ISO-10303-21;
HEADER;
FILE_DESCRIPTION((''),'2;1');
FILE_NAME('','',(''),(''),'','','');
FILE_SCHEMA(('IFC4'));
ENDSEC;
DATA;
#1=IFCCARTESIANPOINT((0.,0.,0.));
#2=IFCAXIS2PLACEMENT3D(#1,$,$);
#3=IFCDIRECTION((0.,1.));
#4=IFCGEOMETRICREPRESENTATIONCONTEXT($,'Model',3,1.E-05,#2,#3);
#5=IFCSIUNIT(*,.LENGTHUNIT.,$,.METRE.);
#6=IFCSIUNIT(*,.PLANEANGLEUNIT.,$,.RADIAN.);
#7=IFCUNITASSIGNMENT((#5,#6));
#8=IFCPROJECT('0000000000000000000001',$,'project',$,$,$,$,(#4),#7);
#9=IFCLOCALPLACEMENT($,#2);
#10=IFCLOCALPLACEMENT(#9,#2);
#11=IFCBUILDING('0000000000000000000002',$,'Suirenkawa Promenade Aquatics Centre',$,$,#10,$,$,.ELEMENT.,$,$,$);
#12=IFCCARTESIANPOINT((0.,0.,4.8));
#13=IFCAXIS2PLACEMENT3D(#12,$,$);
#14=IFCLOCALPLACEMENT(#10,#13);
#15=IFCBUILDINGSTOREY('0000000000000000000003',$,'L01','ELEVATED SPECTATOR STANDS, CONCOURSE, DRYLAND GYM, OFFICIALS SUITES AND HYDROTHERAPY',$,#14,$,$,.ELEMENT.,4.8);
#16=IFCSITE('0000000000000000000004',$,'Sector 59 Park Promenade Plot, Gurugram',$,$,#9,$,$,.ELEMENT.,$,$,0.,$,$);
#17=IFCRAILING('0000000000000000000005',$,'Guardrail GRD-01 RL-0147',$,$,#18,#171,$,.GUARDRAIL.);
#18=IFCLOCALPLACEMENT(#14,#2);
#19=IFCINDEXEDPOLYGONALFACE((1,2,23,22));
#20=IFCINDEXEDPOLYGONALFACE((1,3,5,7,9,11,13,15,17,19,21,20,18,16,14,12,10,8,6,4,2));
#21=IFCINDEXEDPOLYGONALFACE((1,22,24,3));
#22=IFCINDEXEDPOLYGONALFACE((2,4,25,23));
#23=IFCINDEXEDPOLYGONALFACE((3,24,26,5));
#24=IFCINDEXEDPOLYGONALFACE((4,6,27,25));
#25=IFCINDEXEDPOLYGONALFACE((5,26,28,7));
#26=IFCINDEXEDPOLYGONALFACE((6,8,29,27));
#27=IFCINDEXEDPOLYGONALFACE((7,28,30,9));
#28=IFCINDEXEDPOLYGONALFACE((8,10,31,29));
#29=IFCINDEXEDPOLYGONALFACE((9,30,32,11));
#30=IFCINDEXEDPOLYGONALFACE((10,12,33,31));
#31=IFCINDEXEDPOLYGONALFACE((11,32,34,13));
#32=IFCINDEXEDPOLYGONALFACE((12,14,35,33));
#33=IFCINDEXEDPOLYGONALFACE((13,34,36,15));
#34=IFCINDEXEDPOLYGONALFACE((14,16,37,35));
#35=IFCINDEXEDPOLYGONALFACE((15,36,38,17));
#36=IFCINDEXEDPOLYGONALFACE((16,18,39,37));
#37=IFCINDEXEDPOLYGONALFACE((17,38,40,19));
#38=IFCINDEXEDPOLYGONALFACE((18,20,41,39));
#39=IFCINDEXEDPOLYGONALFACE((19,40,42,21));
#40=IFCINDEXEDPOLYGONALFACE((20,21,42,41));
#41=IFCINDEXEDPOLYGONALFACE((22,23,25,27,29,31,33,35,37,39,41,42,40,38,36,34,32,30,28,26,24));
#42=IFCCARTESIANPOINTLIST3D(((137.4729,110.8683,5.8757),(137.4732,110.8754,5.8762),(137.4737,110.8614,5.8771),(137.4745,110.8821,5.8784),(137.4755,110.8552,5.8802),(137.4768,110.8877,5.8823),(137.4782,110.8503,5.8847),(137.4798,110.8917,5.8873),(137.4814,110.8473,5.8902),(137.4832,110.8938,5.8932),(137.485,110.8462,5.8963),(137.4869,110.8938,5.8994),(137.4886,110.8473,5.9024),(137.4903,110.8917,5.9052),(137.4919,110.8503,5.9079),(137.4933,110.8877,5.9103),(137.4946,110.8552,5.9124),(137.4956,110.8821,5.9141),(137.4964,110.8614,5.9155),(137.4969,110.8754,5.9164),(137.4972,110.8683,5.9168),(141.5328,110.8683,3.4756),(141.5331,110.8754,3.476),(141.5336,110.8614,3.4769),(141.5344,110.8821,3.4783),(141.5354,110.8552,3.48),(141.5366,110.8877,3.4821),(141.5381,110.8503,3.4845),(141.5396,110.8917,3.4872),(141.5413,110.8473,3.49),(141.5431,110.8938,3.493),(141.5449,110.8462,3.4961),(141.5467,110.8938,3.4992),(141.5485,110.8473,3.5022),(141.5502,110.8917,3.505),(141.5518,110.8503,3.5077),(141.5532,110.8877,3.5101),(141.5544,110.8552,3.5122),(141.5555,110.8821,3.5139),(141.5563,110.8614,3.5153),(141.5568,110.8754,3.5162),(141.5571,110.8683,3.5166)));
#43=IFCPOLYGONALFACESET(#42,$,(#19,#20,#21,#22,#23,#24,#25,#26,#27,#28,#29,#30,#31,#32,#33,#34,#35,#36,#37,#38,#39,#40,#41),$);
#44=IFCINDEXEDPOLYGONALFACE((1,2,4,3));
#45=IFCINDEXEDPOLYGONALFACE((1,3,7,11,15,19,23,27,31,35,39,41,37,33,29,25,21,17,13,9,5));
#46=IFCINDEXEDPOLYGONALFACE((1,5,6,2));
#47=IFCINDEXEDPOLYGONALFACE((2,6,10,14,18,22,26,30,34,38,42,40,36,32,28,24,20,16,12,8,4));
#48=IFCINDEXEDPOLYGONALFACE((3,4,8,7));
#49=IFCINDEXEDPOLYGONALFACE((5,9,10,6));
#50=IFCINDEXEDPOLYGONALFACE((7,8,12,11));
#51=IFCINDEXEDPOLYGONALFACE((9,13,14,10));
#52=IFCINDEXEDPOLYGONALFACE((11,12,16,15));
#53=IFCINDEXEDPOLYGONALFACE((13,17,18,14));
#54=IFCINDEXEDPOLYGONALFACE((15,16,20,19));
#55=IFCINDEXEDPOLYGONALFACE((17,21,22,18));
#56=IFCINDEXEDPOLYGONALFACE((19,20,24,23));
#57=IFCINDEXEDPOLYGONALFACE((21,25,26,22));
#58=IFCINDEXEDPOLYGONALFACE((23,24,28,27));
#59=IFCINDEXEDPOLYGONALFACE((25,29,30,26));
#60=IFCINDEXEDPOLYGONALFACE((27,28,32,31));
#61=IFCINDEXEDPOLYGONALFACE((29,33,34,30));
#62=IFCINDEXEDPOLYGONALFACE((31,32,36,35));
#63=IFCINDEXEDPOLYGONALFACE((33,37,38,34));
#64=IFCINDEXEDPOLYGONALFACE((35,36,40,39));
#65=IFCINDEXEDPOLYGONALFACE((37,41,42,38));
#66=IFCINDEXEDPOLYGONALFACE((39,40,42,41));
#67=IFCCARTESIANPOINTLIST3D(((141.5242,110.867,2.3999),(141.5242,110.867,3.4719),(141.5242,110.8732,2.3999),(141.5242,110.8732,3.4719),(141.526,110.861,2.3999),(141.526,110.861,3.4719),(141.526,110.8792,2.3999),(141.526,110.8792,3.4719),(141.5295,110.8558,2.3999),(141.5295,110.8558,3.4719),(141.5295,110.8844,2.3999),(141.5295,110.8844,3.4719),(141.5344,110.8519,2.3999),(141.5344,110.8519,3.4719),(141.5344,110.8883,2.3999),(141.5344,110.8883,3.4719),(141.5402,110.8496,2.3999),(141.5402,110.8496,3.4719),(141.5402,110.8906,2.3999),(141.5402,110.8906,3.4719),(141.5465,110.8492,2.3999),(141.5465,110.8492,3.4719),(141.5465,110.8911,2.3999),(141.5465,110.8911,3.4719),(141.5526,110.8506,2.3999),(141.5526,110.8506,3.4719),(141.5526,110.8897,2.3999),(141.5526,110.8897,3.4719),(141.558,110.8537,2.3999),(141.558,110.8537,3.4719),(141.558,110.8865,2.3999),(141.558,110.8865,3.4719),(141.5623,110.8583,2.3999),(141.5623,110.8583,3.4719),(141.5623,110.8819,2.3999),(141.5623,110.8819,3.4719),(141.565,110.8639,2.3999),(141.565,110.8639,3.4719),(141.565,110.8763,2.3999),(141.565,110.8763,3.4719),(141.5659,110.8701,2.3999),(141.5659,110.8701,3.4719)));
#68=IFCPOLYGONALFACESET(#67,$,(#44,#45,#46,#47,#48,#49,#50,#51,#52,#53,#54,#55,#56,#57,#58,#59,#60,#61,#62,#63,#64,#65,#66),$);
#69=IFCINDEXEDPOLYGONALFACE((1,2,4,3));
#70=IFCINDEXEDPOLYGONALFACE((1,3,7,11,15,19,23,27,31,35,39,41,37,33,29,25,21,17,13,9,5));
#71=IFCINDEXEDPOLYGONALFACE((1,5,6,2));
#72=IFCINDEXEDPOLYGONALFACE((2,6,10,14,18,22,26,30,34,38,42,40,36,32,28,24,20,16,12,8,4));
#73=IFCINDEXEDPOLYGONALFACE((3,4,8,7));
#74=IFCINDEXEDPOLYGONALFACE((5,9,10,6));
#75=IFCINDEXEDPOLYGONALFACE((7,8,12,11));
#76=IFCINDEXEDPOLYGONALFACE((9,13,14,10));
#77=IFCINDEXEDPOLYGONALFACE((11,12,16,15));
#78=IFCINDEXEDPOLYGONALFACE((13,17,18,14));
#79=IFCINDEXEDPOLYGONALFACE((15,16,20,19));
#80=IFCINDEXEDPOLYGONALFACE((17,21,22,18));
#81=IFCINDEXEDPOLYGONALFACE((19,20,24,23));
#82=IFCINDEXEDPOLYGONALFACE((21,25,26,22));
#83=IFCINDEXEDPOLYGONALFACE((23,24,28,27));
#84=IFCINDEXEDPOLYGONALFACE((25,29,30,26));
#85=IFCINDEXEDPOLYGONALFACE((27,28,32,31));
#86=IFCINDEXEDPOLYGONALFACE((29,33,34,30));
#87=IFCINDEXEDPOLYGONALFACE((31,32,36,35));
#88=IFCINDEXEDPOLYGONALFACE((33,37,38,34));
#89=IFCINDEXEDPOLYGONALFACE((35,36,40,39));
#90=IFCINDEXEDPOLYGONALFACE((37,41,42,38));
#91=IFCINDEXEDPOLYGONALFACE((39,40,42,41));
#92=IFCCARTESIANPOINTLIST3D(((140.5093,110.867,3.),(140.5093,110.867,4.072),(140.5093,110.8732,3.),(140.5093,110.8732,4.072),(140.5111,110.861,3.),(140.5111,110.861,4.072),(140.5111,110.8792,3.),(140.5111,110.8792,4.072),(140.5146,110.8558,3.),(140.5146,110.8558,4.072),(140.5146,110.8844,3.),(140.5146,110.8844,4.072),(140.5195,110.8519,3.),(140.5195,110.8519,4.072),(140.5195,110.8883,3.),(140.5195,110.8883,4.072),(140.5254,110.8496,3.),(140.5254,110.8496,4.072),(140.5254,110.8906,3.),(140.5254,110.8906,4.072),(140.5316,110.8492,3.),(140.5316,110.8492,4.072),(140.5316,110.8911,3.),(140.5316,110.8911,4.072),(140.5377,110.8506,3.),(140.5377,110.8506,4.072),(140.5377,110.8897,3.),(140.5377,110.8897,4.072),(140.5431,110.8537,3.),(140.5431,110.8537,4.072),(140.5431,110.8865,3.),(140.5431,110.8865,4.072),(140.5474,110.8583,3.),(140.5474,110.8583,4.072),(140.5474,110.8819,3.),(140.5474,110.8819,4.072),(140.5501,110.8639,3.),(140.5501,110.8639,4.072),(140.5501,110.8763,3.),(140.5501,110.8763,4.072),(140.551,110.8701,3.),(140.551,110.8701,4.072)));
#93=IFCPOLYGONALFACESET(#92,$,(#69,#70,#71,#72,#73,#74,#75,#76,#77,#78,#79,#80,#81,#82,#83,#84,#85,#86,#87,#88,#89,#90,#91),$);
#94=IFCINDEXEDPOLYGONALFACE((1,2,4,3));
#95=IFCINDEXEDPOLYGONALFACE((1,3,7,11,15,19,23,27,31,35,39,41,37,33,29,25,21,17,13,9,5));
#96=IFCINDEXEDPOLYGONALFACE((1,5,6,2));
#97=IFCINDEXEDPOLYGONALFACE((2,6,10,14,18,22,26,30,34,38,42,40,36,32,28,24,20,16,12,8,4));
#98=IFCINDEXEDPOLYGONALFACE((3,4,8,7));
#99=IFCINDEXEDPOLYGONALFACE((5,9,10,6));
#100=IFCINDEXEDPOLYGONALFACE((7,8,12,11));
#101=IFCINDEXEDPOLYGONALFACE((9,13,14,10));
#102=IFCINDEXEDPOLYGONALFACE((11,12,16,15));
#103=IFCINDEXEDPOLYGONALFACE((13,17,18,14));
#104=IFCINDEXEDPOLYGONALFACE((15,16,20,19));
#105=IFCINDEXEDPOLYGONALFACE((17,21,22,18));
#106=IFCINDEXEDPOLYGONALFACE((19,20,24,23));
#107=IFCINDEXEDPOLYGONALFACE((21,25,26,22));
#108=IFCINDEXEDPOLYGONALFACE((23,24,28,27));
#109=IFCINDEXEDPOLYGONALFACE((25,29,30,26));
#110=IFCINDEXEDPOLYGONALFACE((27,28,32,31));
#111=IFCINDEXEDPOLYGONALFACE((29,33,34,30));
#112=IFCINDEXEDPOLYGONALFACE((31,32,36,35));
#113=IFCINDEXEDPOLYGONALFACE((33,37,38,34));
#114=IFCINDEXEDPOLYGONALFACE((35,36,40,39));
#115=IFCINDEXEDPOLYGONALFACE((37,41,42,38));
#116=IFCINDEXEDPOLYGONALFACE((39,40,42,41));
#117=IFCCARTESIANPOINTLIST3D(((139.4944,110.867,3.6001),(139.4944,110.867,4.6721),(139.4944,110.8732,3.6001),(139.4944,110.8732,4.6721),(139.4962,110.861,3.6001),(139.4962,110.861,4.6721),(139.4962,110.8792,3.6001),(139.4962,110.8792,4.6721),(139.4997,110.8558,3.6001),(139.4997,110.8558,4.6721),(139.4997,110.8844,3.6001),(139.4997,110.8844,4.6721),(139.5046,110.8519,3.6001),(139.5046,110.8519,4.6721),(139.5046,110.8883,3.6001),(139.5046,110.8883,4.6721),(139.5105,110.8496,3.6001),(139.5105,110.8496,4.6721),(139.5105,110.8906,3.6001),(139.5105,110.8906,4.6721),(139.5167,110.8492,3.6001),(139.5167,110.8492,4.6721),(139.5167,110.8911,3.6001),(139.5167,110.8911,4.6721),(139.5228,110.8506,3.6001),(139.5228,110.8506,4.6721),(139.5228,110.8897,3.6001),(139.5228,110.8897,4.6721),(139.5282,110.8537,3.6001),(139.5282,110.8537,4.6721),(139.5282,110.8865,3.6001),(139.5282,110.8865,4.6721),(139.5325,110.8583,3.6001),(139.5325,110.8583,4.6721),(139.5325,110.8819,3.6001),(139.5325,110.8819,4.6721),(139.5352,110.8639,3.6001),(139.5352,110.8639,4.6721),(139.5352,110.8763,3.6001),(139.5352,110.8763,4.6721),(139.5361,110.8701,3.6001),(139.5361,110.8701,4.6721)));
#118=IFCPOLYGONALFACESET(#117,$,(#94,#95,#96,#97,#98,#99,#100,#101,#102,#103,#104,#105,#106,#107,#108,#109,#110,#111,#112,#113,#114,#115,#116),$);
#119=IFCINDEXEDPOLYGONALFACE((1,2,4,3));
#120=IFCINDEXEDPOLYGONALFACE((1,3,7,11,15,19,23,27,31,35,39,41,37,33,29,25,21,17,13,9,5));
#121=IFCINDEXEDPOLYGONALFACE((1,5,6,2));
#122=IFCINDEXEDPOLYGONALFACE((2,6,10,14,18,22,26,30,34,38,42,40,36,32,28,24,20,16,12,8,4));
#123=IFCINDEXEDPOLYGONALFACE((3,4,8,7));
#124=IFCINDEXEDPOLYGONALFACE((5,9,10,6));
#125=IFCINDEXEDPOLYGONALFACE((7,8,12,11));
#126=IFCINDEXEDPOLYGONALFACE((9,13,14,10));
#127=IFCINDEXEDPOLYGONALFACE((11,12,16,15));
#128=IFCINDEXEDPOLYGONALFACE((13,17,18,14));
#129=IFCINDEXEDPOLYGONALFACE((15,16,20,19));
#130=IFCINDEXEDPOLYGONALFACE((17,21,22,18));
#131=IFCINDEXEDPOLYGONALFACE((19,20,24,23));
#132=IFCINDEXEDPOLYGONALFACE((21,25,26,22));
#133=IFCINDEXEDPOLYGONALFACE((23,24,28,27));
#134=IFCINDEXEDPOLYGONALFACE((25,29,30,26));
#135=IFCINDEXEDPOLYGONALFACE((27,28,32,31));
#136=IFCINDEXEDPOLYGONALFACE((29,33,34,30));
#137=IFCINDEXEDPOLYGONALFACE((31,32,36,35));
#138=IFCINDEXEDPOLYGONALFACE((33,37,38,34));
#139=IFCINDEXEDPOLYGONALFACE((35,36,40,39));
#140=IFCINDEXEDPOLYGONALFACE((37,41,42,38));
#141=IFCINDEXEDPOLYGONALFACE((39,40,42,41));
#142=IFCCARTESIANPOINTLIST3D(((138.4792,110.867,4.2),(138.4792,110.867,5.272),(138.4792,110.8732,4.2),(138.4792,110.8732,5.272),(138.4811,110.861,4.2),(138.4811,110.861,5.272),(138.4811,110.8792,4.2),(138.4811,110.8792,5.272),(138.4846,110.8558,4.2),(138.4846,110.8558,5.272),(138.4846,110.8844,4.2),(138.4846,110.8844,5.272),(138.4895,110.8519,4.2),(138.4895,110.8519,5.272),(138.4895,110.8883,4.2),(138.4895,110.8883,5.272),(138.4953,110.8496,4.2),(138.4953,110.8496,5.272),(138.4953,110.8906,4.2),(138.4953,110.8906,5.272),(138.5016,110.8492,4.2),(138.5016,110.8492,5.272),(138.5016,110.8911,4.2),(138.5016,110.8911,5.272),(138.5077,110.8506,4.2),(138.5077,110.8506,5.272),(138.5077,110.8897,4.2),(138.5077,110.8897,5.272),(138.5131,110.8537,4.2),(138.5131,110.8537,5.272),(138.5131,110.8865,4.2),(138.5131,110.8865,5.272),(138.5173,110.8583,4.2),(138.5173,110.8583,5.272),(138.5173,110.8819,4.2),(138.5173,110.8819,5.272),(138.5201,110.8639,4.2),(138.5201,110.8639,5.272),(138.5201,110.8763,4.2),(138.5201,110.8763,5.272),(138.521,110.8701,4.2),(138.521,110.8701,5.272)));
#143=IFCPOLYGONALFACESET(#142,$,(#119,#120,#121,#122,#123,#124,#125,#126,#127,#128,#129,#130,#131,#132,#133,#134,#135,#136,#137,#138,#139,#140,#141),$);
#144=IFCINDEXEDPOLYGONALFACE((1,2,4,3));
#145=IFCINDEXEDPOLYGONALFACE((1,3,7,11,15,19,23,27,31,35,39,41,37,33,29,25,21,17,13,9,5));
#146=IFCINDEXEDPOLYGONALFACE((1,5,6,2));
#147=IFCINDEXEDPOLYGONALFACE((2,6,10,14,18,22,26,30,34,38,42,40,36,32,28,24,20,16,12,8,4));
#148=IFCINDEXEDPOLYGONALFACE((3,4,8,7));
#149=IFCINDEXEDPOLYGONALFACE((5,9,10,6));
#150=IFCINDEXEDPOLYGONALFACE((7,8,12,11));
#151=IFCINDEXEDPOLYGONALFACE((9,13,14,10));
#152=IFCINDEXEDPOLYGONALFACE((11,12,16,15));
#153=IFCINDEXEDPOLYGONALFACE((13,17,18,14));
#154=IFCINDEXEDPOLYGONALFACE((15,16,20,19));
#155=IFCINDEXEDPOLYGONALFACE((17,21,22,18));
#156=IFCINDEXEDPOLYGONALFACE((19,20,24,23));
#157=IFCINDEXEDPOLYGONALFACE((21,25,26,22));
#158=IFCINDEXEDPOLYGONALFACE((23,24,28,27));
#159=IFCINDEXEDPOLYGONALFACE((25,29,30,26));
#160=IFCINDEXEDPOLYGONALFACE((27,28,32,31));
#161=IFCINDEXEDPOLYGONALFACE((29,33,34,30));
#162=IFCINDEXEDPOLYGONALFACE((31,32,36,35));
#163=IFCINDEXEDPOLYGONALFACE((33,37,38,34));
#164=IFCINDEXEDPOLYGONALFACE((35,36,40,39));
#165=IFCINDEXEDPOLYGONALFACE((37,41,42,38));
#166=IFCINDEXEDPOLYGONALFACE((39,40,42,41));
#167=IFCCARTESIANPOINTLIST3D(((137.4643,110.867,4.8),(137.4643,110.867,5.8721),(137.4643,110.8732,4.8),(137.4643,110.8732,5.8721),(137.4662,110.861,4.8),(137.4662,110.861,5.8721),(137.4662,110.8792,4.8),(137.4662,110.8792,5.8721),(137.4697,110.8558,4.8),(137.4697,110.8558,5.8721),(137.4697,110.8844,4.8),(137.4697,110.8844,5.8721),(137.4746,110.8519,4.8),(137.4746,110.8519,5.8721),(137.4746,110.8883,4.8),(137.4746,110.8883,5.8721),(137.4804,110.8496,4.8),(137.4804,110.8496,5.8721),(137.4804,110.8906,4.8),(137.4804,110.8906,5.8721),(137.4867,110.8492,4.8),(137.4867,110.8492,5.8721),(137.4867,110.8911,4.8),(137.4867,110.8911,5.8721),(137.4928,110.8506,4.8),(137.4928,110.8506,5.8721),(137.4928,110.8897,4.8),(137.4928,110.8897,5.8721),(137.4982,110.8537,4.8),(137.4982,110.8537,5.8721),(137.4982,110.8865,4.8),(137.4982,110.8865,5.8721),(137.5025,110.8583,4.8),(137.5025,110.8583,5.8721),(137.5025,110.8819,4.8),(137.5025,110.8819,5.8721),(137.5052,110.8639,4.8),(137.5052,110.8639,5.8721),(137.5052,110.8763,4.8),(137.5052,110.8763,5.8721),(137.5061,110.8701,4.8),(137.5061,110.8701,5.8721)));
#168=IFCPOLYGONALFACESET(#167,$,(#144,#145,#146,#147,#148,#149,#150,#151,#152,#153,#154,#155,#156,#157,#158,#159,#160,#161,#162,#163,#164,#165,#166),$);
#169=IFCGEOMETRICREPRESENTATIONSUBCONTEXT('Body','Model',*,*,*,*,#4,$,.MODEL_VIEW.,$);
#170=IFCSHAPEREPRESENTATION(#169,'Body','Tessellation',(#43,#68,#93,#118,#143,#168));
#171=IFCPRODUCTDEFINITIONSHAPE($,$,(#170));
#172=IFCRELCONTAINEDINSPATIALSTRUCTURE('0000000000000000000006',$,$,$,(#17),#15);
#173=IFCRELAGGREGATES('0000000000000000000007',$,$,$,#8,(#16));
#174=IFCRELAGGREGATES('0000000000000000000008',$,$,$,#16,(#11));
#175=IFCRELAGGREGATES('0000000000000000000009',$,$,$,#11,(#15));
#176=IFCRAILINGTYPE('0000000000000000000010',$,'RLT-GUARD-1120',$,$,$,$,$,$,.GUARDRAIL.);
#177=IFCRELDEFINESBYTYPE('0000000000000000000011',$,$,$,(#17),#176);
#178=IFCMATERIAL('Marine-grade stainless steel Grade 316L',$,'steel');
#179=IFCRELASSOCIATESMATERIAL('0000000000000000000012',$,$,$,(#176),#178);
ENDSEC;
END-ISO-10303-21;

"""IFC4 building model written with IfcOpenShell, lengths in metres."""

from ifc_helpers import new_model, si_unit, direction, frame, origin, origin_2d, place, context, subcontext, project, spatial, circle, extrude, material, type_object, element, save


model = new_model("IFC4")

# Units and contexts
model_context = context("Model", 3, precision=1e-05, world=origin(), true_north=direction((0.0, 1.0)))
body_context = subcontext(model_context, "Body", "Model", "MODEL_VIEW")
ifc_project = project(units=[si_unit("LENGTHUNIT", "METRE"), si_unit("PLANEANGLEUNIT", "RADIAN")], contexts=[model_context])

# Site, building, storey
site_placement = place(None, origin())
site = spatial("IfcSite", under=ifc_project, at=site_placement, Name="Sector 59 Park Promenade Plot, Gurugram", CompositionType="ELEMENT", RefElevation=0.0)
building_placement = place(site_placement, origin())
building = spatial("IfcBuilding", under=site, at=building_placement, Name="Suirenkawa Promenade Aquatics Centre", CompositionType="ELEMENT")
storey_placement = place(building_placement, frame((0.0, 0.0, 4.8)))
storey = spatial("IfcBuildingStorey", under=building, at=storey_placement, Name="L01", Description="ELEVATED SPECTATOR STANDS, CONCOURSE, DRYLAND GYM, OFFICIALS SUITES AND HYDROTHERAPY", CompositionType="ELEMENT", Elevation=4.8)

# Railing
ifc_material_1 = material(Name="Marine-grade stainless steel Grade 316L", Category="steel")
railing_type_1 = type_object("IfcRailingType", Name="RLT-GUARD-1120", PredefinedType="GUARDRAIL", material=ifc_material_1)
for number, where, name in (
    (1, (141.5449, 110.8701, 2.3999), "Guardrail GRD-01 RL-0147"),
):
    element("IfcRailing", number, at=place(storey_placement, frame(where)), inside=storey, type_object=railing_type_1, Name=name, PredefinedType="GUARDRAIL", context=body_context, shape_type="SweptSolid", body=[
        extrude(circle(Radius=0.0239, at=origin_2d()), frame((0.0, 0.0, 1.0962), z_axis=(-0.860818, 0.0, 0.508912), x_axis=(0.0, -1.0, 0.0)), (0.0, 0.0, 1.0), 4.7163),
        extrude(circle(Radius=0.021, at=origin_2d()), origin(), (0.0, 0.0, 1.0), 1.072),
        extrude(circle(Radius=0.021, at=origin_2d()), frame((-1.0149, 0.0, 0.6001)), (0.0, 0.0, 1.0), 1.072),
        extrude(circle(Radius=0.021, at=origin_2d()), frame((-2.0298, 0.0, 1.2002)), (0.0, 0.0, 1.0), 1.072),
        extrude(circle(Radius=0.021, at=origin_2d()), frame((-3.0449, 0.0, 1.8)), (0.0, 0.0, 1.0), 1.072),
        extrude(circle(Radius=0.021, at=origin_2d()), frame((-4.0598, 0.0, 2.4001)), (0.0, 0.0, 1.0), 1.072),
    ])

save(model, "model.ifc")
